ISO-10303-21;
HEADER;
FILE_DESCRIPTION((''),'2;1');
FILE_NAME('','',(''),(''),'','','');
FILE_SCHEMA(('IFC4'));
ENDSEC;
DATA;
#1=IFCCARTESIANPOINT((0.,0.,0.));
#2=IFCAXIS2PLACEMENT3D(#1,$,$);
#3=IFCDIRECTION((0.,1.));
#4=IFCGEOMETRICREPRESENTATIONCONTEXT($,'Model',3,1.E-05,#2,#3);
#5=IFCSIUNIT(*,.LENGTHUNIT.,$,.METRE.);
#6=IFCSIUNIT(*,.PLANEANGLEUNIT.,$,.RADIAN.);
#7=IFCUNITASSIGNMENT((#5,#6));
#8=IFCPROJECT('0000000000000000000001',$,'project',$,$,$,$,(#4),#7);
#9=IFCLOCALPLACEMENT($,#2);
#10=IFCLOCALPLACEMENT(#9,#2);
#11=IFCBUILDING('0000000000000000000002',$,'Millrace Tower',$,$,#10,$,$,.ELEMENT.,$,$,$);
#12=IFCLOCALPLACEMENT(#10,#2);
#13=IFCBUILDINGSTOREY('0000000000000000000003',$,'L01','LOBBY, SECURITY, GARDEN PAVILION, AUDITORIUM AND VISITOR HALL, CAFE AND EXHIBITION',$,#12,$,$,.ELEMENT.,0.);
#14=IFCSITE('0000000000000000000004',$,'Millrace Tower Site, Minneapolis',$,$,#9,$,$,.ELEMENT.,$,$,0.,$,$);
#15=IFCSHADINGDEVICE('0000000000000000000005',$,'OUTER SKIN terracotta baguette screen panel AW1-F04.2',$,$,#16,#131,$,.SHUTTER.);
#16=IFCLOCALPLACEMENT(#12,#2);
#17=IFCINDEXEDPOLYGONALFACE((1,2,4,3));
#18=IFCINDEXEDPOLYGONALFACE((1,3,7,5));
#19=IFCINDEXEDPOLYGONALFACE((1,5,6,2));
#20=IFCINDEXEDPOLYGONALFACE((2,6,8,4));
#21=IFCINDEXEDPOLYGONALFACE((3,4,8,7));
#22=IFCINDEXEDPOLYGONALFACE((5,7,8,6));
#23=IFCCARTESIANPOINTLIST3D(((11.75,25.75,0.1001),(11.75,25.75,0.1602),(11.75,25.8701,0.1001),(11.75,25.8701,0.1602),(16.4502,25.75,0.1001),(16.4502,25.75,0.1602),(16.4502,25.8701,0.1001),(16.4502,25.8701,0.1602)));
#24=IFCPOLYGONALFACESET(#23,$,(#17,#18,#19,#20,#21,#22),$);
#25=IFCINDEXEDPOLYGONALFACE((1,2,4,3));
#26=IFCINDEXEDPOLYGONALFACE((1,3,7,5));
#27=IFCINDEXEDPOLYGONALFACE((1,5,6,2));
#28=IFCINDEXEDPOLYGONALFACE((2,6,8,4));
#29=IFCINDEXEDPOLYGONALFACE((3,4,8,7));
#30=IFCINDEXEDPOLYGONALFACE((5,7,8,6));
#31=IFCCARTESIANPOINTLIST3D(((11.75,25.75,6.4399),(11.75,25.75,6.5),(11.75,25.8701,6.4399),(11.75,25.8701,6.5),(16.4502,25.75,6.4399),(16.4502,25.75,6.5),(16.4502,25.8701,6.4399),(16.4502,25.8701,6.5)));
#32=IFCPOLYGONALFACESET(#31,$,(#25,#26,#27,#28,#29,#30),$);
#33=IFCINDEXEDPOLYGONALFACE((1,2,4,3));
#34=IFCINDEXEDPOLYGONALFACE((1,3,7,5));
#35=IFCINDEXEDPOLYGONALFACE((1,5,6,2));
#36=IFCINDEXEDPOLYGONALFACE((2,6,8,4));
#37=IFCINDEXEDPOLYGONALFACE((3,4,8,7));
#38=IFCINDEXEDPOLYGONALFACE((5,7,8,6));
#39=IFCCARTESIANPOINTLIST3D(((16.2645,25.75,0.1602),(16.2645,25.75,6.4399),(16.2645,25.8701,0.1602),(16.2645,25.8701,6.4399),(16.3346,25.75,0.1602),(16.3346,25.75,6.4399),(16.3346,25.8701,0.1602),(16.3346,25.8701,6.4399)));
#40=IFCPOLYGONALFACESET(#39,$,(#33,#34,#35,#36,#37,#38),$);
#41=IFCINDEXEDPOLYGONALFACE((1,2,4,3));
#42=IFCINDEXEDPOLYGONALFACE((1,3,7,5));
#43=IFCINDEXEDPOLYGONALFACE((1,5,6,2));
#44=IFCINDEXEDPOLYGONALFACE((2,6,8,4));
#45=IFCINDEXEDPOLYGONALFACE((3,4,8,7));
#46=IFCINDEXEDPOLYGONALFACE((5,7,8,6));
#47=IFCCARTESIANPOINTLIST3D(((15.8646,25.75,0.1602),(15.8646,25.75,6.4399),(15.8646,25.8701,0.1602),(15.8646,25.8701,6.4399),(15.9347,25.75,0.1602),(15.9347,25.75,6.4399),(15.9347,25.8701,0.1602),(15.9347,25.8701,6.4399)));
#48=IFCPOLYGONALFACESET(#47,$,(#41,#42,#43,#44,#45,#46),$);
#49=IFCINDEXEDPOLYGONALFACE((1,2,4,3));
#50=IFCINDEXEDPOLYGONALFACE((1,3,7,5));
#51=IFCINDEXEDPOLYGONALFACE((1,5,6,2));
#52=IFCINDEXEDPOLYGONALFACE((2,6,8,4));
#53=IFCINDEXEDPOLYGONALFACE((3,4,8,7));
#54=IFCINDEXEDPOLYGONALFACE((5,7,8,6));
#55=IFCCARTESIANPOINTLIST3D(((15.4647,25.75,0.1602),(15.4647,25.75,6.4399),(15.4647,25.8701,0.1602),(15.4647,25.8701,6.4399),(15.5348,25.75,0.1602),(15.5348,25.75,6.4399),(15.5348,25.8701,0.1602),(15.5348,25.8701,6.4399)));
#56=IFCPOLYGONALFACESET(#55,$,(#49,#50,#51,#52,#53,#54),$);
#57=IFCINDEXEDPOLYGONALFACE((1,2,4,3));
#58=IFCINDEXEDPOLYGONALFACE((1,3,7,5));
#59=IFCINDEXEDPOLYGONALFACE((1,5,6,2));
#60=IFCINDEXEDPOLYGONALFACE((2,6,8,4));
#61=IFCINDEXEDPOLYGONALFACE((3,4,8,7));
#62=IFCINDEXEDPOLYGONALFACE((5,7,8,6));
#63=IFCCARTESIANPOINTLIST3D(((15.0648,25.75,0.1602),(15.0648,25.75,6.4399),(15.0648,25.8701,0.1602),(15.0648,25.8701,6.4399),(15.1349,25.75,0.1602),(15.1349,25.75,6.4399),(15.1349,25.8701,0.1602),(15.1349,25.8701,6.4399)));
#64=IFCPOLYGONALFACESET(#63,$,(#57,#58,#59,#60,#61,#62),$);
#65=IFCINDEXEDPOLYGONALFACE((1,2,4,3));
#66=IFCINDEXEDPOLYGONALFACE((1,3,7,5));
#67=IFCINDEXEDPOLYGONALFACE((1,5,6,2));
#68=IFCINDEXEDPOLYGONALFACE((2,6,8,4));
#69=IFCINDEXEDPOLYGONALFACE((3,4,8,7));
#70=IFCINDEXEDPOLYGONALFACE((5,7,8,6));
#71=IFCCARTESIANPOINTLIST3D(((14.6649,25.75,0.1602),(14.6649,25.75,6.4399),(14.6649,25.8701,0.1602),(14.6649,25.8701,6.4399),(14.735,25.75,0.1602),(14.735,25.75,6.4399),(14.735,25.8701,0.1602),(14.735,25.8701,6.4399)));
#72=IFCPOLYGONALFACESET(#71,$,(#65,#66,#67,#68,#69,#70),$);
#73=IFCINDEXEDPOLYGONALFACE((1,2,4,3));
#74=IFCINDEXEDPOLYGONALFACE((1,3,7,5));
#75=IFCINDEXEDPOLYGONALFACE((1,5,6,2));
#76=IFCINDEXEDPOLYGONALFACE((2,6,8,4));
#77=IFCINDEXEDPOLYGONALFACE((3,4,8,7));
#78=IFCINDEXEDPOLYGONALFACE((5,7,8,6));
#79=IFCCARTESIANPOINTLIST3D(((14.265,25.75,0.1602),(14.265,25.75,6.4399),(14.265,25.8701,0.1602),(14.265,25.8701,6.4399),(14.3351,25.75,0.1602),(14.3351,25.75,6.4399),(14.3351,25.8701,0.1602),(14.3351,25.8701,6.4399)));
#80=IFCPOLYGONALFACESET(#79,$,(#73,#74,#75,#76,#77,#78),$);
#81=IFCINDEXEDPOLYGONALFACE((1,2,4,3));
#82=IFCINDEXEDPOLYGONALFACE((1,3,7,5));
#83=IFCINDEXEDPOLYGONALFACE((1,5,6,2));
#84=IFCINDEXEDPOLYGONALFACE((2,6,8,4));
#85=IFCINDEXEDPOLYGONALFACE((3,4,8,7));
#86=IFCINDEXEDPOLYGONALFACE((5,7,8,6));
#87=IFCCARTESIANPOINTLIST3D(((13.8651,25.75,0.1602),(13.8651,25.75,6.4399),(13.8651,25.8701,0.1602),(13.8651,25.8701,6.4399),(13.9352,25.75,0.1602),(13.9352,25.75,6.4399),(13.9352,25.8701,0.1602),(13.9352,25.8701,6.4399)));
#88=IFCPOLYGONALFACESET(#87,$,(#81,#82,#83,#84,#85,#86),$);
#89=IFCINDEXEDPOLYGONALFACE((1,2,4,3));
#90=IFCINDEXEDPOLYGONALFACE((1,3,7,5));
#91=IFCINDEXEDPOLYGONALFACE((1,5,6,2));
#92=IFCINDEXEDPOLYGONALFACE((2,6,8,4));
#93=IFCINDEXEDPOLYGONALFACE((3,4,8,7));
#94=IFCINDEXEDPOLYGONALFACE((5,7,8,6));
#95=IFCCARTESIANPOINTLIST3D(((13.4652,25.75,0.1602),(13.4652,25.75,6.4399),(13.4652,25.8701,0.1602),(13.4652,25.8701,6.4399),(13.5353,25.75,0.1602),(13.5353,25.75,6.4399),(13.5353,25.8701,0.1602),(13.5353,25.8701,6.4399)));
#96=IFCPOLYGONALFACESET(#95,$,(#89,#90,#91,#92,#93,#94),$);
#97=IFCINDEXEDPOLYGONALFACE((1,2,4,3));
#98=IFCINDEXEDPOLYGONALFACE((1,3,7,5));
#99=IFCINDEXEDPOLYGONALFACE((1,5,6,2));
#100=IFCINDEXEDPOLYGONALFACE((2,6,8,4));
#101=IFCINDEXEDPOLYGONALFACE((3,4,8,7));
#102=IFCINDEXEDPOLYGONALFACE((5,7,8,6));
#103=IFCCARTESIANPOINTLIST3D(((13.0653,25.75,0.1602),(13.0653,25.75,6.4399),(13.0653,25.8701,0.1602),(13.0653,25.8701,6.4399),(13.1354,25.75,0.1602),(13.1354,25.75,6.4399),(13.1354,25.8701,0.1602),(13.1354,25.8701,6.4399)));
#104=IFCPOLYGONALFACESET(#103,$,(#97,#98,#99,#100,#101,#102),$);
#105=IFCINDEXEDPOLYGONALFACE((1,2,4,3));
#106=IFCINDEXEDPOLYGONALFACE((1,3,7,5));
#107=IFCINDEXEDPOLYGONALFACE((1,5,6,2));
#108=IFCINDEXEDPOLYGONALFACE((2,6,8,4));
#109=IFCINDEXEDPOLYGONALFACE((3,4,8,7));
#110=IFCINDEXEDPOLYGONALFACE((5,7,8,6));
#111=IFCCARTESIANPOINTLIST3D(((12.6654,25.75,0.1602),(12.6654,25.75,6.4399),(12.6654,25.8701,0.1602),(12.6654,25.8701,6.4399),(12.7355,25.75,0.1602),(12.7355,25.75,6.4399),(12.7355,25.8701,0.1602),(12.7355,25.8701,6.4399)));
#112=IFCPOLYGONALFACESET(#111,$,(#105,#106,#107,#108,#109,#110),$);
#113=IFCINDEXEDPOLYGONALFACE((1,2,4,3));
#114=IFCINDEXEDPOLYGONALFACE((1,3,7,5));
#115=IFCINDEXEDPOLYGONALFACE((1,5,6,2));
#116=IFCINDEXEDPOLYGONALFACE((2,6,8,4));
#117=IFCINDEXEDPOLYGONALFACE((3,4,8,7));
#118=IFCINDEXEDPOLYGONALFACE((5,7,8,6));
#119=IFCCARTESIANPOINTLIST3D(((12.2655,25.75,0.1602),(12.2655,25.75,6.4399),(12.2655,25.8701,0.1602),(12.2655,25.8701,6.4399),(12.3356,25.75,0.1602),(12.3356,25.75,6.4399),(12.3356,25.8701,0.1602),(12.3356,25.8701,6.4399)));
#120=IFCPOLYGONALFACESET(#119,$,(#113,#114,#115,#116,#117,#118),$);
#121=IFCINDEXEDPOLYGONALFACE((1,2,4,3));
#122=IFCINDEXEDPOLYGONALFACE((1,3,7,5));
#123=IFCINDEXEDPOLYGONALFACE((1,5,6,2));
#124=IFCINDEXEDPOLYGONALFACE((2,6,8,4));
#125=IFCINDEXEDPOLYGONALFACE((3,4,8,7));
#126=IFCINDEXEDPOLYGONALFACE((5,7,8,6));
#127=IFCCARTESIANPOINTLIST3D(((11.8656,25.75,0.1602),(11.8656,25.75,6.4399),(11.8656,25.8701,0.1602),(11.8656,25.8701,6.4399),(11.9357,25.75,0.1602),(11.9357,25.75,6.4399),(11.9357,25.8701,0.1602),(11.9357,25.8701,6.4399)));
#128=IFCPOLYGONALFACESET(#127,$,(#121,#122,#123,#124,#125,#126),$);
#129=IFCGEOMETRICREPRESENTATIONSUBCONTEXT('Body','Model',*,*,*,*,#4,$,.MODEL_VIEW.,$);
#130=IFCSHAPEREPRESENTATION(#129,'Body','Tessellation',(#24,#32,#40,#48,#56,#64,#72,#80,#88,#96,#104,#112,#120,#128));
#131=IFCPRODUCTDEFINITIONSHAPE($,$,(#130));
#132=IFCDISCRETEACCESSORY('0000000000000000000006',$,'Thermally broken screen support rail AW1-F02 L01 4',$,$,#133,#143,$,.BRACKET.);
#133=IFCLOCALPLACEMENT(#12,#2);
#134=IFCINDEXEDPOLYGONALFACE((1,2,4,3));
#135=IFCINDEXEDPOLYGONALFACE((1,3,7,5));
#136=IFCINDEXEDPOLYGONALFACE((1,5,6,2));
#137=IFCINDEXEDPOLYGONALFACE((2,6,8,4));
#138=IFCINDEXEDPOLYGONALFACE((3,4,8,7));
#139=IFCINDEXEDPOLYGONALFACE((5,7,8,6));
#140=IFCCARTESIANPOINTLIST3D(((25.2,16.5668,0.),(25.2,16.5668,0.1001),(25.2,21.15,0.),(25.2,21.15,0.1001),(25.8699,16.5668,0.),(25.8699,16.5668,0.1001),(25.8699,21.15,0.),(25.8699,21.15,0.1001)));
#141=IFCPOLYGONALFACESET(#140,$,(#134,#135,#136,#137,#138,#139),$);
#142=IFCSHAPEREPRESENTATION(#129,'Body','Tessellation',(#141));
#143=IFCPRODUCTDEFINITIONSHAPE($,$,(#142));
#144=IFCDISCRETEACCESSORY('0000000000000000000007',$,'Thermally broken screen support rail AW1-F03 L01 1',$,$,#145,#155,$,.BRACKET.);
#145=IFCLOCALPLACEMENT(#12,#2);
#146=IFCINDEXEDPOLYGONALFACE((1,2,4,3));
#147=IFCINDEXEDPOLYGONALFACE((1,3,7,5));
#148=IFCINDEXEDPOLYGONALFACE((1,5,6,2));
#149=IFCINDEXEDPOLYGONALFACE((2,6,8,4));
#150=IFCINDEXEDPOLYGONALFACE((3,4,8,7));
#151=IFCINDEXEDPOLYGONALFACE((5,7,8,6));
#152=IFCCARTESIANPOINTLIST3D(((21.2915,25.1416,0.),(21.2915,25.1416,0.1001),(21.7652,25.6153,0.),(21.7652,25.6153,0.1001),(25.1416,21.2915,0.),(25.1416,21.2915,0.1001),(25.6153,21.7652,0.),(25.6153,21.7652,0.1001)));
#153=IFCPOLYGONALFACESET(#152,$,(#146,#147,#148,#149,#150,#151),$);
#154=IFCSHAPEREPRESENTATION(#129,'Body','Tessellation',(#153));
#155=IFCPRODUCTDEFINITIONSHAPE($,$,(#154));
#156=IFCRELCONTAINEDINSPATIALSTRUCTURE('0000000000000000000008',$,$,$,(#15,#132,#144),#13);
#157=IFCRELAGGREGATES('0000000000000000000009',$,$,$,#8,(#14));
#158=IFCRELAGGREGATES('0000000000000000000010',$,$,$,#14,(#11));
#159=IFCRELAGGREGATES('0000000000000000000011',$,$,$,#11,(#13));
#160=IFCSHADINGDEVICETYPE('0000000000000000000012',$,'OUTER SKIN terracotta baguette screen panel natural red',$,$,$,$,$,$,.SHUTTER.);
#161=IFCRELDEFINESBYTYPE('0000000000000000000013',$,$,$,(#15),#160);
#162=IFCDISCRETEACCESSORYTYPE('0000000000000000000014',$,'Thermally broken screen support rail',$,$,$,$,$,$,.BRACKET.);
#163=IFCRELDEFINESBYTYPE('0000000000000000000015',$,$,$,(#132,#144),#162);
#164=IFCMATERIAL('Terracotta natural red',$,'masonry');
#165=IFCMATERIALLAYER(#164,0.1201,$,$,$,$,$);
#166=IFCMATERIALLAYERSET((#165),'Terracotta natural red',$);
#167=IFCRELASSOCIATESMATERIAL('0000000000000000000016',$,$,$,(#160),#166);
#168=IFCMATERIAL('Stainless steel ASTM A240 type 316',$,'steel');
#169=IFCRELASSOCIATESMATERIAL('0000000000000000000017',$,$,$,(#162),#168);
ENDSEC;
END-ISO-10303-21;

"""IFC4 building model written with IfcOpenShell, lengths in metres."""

from ifc_helpers import new_model, entity, si_unit, direction, frame, frame_2d, origin, origin_2d, place, context, subcontext, project, spatial, rectangle, extrude, source, transform, mapped, material, layer, layer_set, type_object, element, save


model = new_model("IFC4")

# Units and contexts
model_context = context("Model", 3, precision=1e-05, world=origin(), true_north=direction((0.0, 1.0)))
body_context = subcontext(model_context, "Body", "Model", "MODEL_VIEW")
ifc_project = project(units=[si_unit("LENGTHUNIT", "METRE"), si_unit("PLANEANGLEUNIT", "RADIAN")], contexts=[model_context])

# Site, building, storey
site_placement = place(None, origin())
site = spatial("IfcSite", under=ifc_project, at=site_placement, Name="Millrace Tower Site, Minneapolis", CompositionType="ELEMENT", RefElevation=0.0)
building_placement = place(site_placement, origin())
building = spatial("IfcBuilding", under=site, at=building_placement, Name="Millrace Tower", CompositionType="ELEMENT")
storey_placement = place(building_placement, origin())
storey = spatial("IfcBuildingStorey", under=building, at=storey_placement, Name="L01", Description="LOBBY, SECURITY, GARDEN PAVILION, AUDITORIUM AND VISITOR HALL, CAFE AND EXHIBITION", CompositionType="ELEMENT", Elevation=0.0)

# Shading device
ifc_material_1 = material(Name="Terracotta natural red", Category="masonry")
ifc_layer_1 = layer(ifc_material_1, 0.1201)
ifc_layer_set_1 = layer_set([ifc_layer_1], Name="Terracotta natural red")
shading_device_type = type_object("IfcShadingDeviceType", Name="OUTER SKIN terracotta baguette screen panel natural red", PredefinedType="SHUTTER", material=ifc_layer_set_1)
cartesian_point_1 = entity("IfcCartesianPoint", [-2.3501, 0.0601])
shared_polyline_1 = entity("IfcPolyline", [cartesian_point_1, entity("IfcCartesianPoint", [2.3501, 0.0601]), entity("IfcCartesianPoint", [2.3501, -0.0601]), entity("IfcCartesianPoint", [-2.3501, -0.0601]), cartesian_point_1])
shared_shape_1 = source(origin(), body_context, "Body", "SweptSolid", [
    entity("IfcExtrudedAreaSolid", entity("IfcArbitraryClosedProfileDef", "AREA", None, shared_polyline_1), entity("IfcAxis2Placement3D", entity("IfcCartesianPoint", [0.0, 0.0, 0.0])), entity("IfcDirection", [0.0, 0.0, 1.0]), 0.0601),
    entity("IfcExtrudedAreaSolid", entity("IfcArbitraryClosedProfileDef", "AREA", None, shared_polyline_1), entity("IfcAxis2Placement3D", entity("IfcCartesianPoint", [0.0, 0.0, 6.3398])), entity("IfcDirection", [0.0, 0.0, 1.0]), 0.0601),
    extrude(rectangle(XDim=0.0701, YDim=0.1201, at=frame_2d((-2.1995, 0.0))), frame((0.0, 0.0, 0.0601)), (0.0, 0.0, 1.0), 6.2798),
    extrude(rectangle(XDim=0.0701, YDim=0.1201, at=frame_2d((-1.7996, 0.0))), frame((0.0, 0.0, 0.0601)), (0.0, 0.0, 1.0), 6.2798),
    extrude(rectangle(XDim=0.0701, YDim=0.1201, at=frame_2d((-1.3997, 0.0))), frame((0.0, 0.0, 0.0601)), (0.0, 0.0, 1.0), 6.2798),
    extrude(rectangle(XDim=0.0701, YDim=0.1201, at=frame_2d((-0.9998, 0.0))), frame((0.0, 0.0, 0.0601)), (0.0, 0.0, 1.0), 6.2798),
    extrude(rectangle(XDim=0.0701, YDim=0.1201, at=frame_2d((-0.5999, 0.0))), frame((0.0, 0.0, 0.0601)), (0.0, 0.0, 1.0), 6.2798),
    extrude(rectangle(XDim=0.0701, YDim=0.1201, at=frame_2d((-0.2, 0.0))), frame((0.0, 0.0, 0.0601)), (0.0, 0.0, 1.0), 6.2798),
    extrude(rectangle(XDim=0.0701, YDim=0.1201, at=frame_2d((0.2, 0.0))), frame((0.0, 0.0, 0.0601)), (0.0, 0.0, 1.0), 6.2798),
    extrude(rectangle(XDim=0.0701, YDim=0.1201, at=frame_2d((0.5999, 0.0))), frame((0.0, 0.0, 0.0601)), (0.0, 0.0, 1.0), 6.2798),
    extrude(rectangle(XDim=0.0701, YDim=0.1201, at=frame_2d((0.9998, 0.0))), frame((0.0, 0.0, 0.0601)), (0.0, 0.0, 1.0), 6.2798),
    extrude(rectangle(XDim=0.0701, YDim=0.1201, at=frame_2d((1.3997, 0.0))), frame((0.0, 0.0, 0.0601)), (0.0, 0.0, 1.0), 6.2798),
    extrude(rectangle(XDim=0.0701, YDim=0.1201, at=frame_2d((1.7996, 0.0))), frame((0.0, 0.0, 0.0601)), (0.0, 0.0, 1.0), 6.2798),
    extrude(rectangle(XDim=0.0701, YDim=0.1201, at=frame_2d((2.1995, 0.0))), frame((0.0, 0.0, 0.0601)), (0.0, 0.0, 1.0), 6.2798),
])
shading_device_1_placement = place(storey_placement, frame((14.1001, 25.8101, 0.1001), z_axis=(0.0, 0.0, 1.0), x_axis=(-1.0, 0.0, 0.0)))
element("IfcShadingDevice", 1, at=shading_device_1_placement, inside=storey, type_object=shading_device_type, Name="OUTER SKIN terracotta baguette screen panel AW1-F04.2", PredefinedType="SHUTTER", context=body_context, shape_type="MappedRepresentation", body=[
    mapped(shared_shape_1, transform((0.0, 0.0, 0.0), scale=1.0)),
])

# Discrete accessories
ifc_material_2 = material(Name="Stainless steel ASTM A240 type 316", Category="steel")
discrete_accessory_type = type_object("IfcDiscreteAccessoryType", Name="Thermally broken screen support rail", PredefinedType="BRACKET", material=ifc_material_2)
discrete_accessory_1_placement = place(storey_placement, frame((25.5349, 18.8584, 0.0), z_axis=(0.0, 0.0, 1.0), x_axis=(0.0, 1.0, 0.0)))
element("IfcDiscreteAccessory", 2, at=discrete_accessory_1_placement, inside=storey, type_object=discrete_accessory_type, Name="Thermally broken screen support rail AW1-F02 L01 4", PredefinedType="BRACKET", context=body_context, shape_type="SweptSolid", body=[
    extrude(rectangle(XDim=4.5833, YDim=0.6699, at=origin_2d()), origin(), (0.0, 0.0, 1.0), 0.1001),
])
discrete_accessory_2_placement = place(storey_placement, frame((23.4534, 23.4534, 0.0), z_axis=(0.0, 0.0, 1.0), x_axis=(-0.707107, 0.707107, 0.0)))
element("IfcDiscreteAccessory", 3, at=discrete_accessory_2_placement, inside=storey, type_object=discrete_accessory_type, Name="Thermally broken screen support rail AW1-F03 L01 1", PredefinedType="BRACKET", context=body_context, shape_type="SweptSolid", body=[
    extrude(rectangle(XDim=5.4448, YDim=0.6699, at=origin_2d()), origin(), (0.0, 0.0, 1.0), 0.1001),
])

save(model, "model.ifc")
